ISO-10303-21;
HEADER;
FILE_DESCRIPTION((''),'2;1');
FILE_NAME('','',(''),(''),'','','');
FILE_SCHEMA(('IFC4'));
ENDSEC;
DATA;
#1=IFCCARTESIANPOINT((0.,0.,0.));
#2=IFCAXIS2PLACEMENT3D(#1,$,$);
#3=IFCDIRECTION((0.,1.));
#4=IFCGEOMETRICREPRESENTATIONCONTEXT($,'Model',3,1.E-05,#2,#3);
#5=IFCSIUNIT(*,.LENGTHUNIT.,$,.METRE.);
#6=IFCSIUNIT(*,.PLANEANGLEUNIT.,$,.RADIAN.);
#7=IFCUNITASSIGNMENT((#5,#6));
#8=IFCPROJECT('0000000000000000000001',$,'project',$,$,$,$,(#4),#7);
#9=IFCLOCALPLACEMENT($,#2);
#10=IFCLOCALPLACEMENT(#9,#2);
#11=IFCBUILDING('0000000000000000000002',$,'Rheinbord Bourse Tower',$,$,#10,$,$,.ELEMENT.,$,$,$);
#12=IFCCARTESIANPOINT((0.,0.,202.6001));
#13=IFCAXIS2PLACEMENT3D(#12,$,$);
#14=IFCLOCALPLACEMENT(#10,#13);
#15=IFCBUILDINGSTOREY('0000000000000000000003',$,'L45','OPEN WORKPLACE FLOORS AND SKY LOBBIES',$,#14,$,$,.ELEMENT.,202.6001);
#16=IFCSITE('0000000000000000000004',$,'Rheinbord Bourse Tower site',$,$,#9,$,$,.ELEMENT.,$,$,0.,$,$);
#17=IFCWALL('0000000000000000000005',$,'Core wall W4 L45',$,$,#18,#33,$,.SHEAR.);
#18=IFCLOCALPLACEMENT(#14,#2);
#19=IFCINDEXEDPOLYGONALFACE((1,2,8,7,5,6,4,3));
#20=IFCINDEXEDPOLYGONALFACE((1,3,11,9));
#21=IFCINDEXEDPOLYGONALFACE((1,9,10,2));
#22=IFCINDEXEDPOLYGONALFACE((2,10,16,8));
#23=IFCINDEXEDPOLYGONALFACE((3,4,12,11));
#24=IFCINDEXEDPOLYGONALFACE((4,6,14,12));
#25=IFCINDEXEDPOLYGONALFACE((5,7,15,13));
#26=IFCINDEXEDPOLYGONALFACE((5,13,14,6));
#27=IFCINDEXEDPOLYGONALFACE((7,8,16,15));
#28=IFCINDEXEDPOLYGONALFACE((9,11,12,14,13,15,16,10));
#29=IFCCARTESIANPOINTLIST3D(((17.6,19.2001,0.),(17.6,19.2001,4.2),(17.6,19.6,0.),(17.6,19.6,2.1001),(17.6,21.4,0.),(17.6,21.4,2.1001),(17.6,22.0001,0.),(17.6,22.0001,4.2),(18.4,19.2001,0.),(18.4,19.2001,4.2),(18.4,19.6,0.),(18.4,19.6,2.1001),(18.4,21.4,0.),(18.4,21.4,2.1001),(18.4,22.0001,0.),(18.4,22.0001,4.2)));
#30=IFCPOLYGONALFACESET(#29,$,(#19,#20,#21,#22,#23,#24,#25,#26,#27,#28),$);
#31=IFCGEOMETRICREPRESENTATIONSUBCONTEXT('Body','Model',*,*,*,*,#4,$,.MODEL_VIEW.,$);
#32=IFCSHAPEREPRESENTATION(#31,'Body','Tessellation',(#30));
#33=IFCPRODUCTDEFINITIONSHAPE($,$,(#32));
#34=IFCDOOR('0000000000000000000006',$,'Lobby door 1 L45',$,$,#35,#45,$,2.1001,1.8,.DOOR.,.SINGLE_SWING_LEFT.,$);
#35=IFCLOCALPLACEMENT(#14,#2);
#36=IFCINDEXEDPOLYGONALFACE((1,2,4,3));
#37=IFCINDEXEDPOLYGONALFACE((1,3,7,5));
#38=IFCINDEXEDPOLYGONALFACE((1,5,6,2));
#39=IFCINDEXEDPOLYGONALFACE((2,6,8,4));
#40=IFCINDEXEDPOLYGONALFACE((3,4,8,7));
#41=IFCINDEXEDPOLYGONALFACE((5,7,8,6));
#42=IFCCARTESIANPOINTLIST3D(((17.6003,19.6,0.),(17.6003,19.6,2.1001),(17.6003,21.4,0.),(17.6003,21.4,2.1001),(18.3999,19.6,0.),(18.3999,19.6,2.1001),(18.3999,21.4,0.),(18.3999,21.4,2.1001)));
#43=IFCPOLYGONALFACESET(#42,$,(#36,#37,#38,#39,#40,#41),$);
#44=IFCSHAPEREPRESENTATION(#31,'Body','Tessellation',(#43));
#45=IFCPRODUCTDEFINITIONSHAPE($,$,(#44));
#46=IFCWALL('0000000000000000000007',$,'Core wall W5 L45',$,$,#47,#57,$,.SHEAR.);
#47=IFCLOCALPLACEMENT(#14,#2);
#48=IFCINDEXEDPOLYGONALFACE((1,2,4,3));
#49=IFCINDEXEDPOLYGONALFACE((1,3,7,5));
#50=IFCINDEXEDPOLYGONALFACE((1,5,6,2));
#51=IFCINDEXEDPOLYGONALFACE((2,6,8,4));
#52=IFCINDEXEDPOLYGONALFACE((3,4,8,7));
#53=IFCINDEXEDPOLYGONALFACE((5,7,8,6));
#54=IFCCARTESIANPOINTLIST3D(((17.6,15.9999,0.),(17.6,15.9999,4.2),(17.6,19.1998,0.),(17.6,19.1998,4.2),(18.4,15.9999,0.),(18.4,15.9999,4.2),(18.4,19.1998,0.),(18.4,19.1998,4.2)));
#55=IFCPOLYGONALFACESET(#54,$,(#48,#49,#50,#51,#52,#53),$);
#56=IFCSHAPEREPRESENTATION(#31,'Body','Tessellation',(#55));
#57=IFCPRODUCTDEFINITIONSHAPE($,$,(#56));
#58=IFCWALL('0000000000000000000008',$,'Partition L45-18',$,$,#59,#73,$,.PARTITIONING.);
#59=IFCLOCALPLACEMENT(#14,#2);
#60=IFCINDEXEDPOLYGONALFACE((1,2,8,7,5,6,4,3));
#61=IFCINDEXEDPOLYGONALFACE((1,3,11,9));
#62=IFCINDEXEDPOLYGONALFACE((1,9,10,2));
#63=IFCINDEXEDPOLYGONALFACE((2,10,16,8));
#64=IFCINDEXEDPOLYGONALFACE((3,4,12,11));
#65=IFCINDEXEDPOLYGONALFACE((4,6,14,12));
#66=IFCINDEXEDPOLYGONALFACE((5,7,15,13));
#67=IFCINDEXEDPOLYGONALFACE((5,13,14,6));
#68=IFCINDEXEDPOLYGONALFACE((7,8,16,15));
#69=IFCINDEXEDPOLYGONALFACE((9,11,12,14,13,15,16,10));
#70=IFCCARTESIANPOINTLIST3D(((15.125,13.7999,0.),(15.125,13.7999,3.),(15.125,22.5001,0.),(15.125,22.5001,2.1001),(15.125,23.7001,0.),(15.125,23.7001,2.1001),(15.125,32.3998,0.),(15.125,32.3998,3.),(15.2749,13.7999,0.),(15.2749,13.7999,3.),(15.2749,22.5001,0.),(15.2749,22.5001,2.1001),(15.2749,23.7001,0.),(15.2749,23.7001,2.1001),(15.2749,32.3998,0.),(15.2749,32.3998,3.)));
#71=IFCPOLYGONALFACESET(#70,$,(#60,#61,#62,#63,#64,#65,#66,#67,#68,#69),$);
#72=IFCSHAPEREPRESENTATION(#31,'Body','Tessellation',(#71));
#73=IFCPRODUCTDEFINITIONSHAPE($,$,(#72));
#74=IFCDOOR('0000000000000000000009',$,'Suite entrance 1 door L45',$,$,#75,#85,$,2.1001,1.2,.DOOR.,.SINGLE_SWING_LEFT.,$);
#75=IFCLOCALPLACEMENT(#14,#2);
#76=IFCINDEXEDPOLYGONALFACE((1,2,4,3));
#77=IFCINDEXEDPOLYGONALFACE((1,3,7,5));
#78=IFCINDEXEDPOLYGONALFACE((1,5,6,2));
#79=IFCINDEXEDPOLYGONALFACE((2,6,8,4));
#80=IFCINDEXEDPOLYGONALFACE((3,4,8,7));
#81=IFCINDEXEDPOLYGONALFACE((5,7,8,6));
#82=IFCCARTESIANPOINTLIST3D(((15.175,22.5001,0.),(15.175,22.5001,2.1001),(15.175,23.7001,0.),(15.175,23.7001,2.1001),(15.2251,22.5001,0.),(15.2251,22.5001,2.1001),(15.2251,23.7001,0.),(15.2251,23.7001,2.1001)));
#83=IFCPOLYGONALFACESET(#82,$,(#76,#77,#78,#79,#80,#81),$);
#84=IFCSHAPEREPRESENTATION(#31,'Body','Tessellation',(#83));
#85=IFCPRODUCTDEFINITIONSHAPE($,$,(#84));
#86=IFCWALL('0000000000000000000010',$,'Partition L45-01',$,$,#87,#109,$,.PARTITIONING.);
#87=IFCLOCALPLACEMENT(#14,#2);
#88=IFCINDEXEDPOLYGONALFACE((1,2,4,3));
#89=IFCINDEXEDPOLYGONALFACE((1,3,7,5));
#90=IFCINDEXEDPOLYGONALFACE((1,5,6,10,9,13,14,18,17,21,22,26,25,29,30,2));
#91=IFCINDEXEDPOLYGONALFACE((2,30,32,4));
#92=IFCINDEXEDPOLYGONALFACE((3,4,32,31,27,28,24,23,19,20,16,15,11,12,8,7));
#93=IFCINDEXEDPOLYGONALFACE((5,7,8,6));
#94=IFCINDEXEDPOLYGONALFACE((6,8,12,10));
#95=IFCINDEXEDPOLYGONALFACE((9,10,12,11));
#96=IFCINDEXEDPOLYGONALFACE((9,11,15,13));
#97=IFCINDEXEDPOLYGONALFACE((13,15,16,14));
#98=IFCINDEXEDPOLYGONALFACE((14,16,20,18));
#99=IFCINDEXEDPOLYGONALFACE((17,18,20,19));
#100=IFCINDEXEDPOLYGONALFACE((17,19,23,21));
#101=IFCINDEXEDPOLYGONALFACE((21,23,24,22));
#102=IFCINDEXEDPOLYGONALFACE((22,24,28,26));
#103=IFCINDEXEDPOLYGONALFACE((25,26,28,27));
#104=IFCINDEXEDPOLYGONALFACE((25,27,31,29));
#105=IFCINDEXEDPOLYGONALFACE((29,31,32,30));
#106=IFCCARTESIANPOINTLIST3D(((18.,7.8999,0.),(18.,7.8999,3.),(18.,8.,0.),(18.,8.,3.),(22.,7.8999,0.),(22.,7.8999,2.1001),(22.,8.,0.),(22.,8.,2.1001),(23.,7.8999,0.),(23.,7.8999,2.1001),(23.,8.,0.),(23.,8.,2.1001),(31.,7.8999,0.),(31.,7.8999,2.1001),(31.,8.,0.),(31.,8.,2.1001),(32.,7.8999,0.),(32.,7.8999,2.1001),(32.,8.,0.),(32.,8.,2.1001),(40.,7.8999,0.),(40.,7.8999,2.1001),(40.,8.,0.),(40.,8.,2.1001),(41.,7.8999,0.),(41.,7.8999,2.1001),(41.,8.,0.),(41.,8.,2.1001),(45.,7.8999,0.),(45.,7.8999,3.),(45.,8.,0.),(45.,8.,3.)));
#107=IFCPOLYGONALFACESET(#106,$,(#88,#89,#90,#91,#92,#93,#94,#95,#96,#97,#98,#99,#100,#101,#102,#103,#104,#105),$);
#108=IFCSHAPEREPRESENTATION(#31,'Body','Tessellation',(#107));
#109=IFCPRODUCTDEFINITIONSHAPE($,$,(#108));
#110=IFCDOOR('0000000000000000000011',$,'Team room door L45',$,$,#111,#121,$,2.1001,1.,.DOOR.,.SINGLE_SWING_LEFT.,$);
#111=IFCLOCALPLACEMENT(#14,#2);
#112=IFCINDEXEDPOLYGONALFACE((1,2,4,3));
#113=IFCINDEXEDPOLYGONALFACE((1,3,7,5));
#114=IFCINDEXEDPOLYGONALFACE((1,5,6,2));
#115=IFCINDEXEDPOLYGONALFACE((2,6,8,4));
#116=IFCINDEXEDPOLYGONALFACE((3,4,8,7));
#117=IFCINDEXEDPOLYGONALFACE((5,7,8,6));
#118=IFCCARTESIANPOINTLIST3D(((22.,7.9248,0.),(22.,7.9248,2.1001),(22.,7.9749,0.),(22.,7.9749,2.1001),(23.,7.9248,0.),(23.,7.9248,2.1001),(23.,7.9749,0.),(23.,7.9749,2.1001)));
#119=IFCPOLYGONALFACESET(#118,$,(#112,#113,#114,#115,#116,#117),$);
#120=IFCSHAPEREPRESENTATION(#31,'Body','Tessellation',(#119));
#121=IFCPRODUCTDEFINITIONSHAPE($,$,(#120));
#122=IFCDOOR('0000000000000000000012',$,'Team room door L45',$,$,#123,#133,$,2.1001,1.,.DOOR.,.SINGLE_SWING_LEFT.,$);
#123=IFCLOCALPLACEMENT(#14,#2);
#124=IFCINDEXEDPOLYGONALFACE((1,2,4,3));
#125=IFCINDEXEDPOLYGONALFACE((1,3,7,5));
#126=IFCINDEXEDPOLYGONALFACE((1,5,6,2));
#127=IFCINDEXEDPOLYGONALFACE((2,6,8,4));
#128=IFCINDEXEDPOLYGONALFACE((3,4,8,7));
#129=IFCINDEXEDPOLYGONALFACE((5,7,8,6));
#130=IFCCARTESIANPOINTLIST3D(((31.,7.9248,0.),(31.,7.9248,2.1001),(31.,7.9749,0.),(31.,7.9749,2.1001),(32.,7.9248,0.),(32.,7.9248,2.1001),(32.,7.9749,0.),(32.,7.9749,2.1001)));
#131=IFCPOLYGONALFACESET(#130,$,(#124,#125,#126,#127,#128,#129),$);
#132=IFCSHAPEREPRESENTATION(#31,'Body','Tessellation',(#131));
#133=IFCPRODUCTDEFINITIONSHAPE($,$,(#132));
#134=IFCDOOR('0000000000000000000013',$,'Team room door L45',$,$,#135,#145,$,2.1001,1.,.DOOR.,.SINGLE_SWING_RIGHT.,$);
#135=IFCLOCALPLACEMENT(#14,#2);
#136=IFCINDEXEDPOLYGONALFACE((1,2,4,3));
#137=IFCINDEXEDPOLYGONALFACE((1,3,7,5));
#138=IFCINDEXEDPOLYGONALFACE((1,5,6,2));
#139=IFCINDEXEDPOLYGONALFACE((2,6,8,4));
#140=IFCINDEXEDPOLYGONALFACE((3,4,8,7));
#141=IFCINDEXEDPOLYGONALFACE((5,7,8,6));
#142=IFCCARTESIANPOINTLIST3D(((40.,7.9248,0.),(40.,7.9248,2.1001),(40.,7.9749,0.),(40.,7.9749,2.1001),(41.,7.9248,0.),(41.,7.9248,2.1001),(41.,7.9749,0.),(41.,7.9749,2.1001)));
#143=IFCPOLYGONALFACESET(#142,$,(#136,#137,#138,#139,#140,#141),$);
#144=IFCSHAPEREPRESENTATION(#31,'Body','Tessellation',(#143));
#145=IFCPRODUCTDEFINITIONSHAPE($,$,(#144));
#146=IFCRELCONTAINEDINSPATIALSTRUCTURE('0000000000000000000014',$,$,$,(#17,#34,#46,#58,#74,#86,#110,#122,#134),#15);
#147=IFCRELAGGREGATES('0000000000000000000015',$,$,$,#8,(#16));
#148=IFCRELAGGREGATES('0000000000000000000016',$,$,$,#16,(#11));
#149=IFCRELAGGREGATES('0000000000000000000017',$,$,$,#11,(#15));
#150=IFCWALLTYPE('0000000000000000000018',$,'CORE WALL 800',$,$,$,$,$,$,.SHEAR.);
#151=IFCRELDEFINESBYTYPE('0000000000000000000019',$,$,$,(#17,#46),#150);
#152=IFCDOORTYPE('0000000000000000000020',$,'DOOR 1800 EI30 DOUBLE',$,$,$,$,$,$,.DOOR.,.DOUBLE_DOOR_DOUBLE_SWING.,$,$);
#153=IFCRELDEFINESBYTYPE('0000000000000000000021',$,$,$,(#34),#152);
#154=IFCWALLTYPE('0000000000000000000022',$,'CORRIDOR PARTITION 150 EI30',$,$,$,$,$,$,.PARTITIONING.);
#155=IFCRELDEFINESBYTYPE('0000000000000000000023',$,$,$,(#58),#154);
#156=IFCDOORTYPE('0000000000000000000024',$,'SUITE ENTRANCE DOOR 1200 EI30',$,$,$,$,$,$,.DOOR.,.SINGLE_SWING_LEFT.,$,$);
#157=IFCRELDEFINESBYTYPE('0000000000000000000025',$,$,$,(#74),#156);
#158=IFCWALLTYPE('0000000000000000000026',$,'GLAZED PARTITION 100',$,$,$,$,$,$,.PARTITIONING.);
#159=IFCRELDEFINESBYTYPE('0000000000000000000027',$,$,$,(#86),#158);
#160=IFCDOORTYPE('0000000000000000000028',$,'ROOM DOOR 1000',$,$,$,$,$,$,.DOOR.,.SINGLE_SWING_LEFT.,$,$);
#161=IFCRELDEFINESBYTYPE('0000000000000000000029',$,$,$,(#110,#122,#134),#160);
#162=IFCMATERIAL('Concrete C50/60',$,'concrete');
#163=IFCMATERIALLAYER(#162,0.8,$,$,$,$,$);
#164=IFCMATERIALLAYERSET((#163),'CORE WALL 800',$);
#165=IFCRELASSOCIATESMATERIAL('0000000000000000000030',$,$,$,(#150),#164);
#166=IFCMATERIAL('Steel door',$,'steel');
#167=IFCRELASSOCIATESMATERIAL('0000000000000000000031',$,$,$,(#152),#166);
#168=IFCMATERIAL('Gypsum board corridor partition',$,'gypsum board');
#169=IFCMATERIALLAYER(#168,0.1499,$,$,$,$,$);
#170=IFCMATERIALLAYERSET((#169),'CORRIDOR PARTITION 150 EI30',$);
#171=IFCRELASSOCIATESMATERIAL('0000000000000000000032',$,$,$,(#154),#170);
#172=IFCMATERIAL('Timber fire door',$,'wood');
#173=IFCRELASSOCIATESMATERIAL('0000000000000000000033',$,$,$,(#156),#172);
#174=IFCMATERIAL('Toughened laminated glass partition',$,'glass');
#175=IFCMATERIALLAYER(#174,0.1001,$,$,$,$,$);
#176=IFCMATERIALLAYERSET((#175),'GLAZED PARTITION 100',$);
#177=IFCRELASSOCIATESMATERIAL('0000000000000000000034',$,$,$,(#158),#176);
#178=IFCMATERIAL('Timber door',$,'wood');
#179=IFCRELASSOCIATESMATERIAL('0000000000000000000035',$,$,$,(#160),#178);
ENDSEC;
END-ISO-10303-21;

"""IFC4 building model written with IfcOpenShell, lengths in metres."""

from ifc_helpers import new_model, si_unit, direction, frame, frame_2d, origin, place, context, subcontext, project, spatial, rectangle, extrude, material, layer, layer_set, type_object, element, fill, save


model = new_model("IFC4")

# Units and contexts
model_context = context("Model", 3, precision=1e-05, world=origin(), true_north=direction((0.0, 1.0)))
body_context = subcontext(model_context, "Body", "Model", "MODEL_VIEW")
ifc_project = project(units=[si_unit("LENGTHUNIT", "METRE"), si_unit("PLANEANGLEUNIT", "RADIAN")], contexts=[model_context])

# Site, building, storey
site_placement = place(None, origin())
site = spatial("IfcSite", under=ifc_project, at=site_placement, Name="Rheinbord Bourse Tower site", CompositionType="ELEMENT", RefElevation=0.0)
building_placement = place(site_placement, origin())
building = spatial("IfcBuilding", under=site, at=building_placement, Name="Rheinbord Bourse Tower", CompositionType="ELEMENT")
storey_placement = place(building_placement, frame((0.0, 0.0, 202.6001)))
storey = spatial("IfcBuildingStorey", under=building, at=storey_placement, Name="L45", Description="OPEN WORKPLACE FLOORS AND SKY LOBBIES", CompositionType="ELEMENT", Elevation=202.6001)

# Shared definitions
ifc_material_1 = material(Name="Concrete C50/60", Category="concrete")
ifc_layer_1 = layer(ifc_material_1, 0.8)
ifc_layer_set_1 = layer_set([ifc_layer_1], Name="CORE WALL 800")
wall_type_1 = type_object("IfcWallType", Name="CORE WALL 800", PredefinedType="SHEAR", material=ifc_layer_set_1)

# Wall, opening, door
wall_1_placement = place(storey_placement, frame((18.0, 22.0, 0.0), z_axis=(0.0, 0.0, 1.0), x_axis=(0.0, -1.0, 0.0)))
wall_1 = element("IfcWall", 1, at=wall_1_placement, inside=storey, type_object=wall_type_1, Name="Core wall W4 L45", PredefinedType="SHEAR", context=body_context, shape_type="SweptSolid", body=[
    extrude(rectangle(XDim=2.8, YDim=0.8, at=frame_2d((1.3999, 0.0))), origin(), (0.0, 0.0, 1.0), 4.2),
])
opening_1_placement = place(wall_1_placement, frame((0.6001, 0.0, 0.0)))
opening_1 = element("IfcOpeningElement", 2, at=opening_1_placement, cuts=wall_1, PredefinedType="OPENING", context=body_context, shape_type="SweptSolid", body=[
    extrude(rectangle(XDim=1.8, YDim=2.1001, at=frame_2d((0.8999, 1.05))), frame((0.0, 0.4099, 0.0), z_axis=(0.0, -1.0, 0.0), x_axis=(1.0, 0.0, 0.0)), (0.0, 0.0, 1.0), 0.8201),
])
ifc_material_2 = material(Name="Steel door", Category="steel")
door_type_1 = type_object("IfcDoorType", Name="DOOR 1800 EI30 DOUBLE", OperationType="DOUBLE_DOOR_DOUBLE_SWING", PredefinedType="DOOR", material=ifc_material_2)
door_1_placement = place(opening_1_placement, origin())
door_1 = element("IfcDoor", 3, at=door_1_placement, inside=storey, type_object=door_type_1, Name="Lobby door 1 L45", OperationType="SINGLE_SWING_LEFT", OverallHeight=2.1001, OverallWidth=1.8, PredefinedType="DOOR", context=body_context, shape_type="SweptSolid", body=[
    extrude(rectangle(XDim=1.8, YDim=2.1001, at=frame_2d((0.8999, 1.05))), frame((0.0, 0.3999, 0.0), z_axis=(0.0, -1.0, 0.0), x_axis=(1.0, 0.0, 0.0)), (0.0, 0.0, 1.0), 0.7996),
])
fill(opening_1, door_1)

# Wall
wall_2_placement = place(storey_placement, frame((18.0, 19.2, 0.0), z_axis=(0.0, 0.0, 1.0), x_axis=(0.0, -1.0, 0.0)))
element("IfcWall", 4, at=wall_2_placement, inside=storey, type_object=wall_type_1, Name="Core wall W5 L45", PredefinedType="SHEAR", context=body_context, shape_type="SweptSolid", body=[
    extrude(rectangle(XDim=3.2, YDim=0.8, at=frame_2d((1.6001, 0.0))), origin(), (0.0, 0.0, 1.0), 4.2),
])

# Wall, opening, door
ifc_material_3 = material(Name="Gypsum board corridor partition", Category="gypsum board")
ifc_layer_2 = layer(ifc_material_3, 0.1499)
ifc_layer_set_2 = layer_set([ifc_layer_2], Name="CORRIDOR PARTITION 150 EI30")
wall_type_2 = type_object("IfcWallType", Name="CORRIDOR PARTITION 150 EI30", PredefinedType="PARTITIONING", material=ifc_layer_set_2)
wall_3_placement = place(storey_placement, frame((15.2, 13.8, 0.0), z_axis=(0.0, 0.0, 1.0), x_axis=(0.0, 1.0, 0.0)))
wall_3 = element("IfcWall", 5, at=wall_3_placement, inside=storey, type_object=wall_type_2, Name="Partition L45-18", PredefinedType="PARTITIONING", context=body_context, shape_type="SweptSolid", body=[
    extrude(rectangle(XDim=18.5999, YDim=0.1499, at=frame_2d((9.2998, 0.0))), origin(), (0.0, 0.0, 1.0), 3.0),
])
opening_2_placement = place(wall_3_placement, frame((8.7, 0.0, 0.0)))
opening_2 = element("IfcOpeningElement", 6, at=opening_2_placement, cuts=wall_3, PredefinedType="OPENING", context=body_context, shape_type="SweptSolid", body=[
    extrude(rectangle(XDim=1.2, YDim=2.1001, at=frame_2d((0.6001, 1.05))), frame((0.0, 0.085, 0.0), z_axis=(0.0, -1.0, 0.0), x_axis=(1.0, 0.0, 0.0)), (0.0, 0.0, 1.0), 0.1699),
])
ifc_material_4 = material(Name="Timber fire door", Category="wood")
door_type_2 = type_object("IfcDoorType", Name="SUITE ENTRANCE DOOR 1200 EI30", OperationType="SINGLE_SWING_LEFT", PredefinedType="DOOR", material=ifc_material_4)
door_2_placement = place(opening_2_placement, origin())
door_2 = element("IfcDoor", 7, at=door_2_placement, inside=storey, type_object=door_type_2, Name="Suite entrance 1 door L45", OperationType="SINGLE_SWING_LEFT", OverallHeight=2.1001, OverallWidth=1.2, PredefinedType="DOOR", context=body_context, shape_type="SweptSolid", body=[
    extrude(rectangle(XDim=1.2, YDim=2.1001, at=frame_2d((0.6001, 1.05))), frame((0.0, 0.0249, 0.0), z_axis=(0.0, -1.0, 0.0), x_axis=(1.0, 0.0, 0.0)), (0.0, 0.0, 1.0), 0.05),
])
fill(opening_2, door_2)

# Wall, openings, doors
ifc_material_5 = material(Name="Toughened laminated glass partition", Category="glass")
ifc_layer_3 = layer(ifc_material_5, 0.1001)
ifc_layer_set_3 = layer_set([ifc_layer_3], Name="GLAZED PARTITION 100")
wall_type_3 = type_object("IfcWallType", Name="GLAZED PARTITION 100", PredefinedType="PARTITIONING", material=ifc_layer_set_3)
wall_4_placement = place(storey_placement, frame((18.0, 7.95, 0.0), z_axis=(0.0, 0.0, 1.0), x_axis=(1.0, 0.0, 0.0)))
wall_4 = element("IfcWall", 8, at=wall_4_placement, inside=storey, type_object=wall_type_3, Name="Partition L45-01", PredefinedType="PARTITIONING", context=body_context, shape_type="SweptSolid", body=[
    extrude(rectangle(XDim=27.0, YDim=0.1001, at=frame_2d((13.5, 0.0))), origin(), (0.0, 0.0, 1.0), 3.0),
])
opening_3_placement = place(wall_4_placement, frame((4.0, 0.0, 0.0)))
opening_3 = element("IfcOpeningElement", 9, at=opening_3_placement, cuts=wall_4, PredefinedType="OPENING", context=body_context, shape_type="SweptSolid", body=[
    extrude(rectangle(XDim=1.0, YDim=2.1001, at=frame_2d((0.5, 1.05))), frame((0.0, 0.0601, 0.0), z_axis=(0.0, -1.0, 0.0), x_axis=(1.0, 0.0, 0.0)), (0.0, 0.0, 1.0), 0.1201),
])
opening_4_placement = place(wall_4_placement, frame((13.0, 0.0, 0.0)))
opening_4 = element("IfcOpeningElement", 10, at=opening_4_placement, cuts=wall_4, PredefinedType="OPENING", context=body_context, shape_type="SweptSolid", body=[
    extrude(rectangle(XDim=1.0, YDim=2.1001, at=frame_2d((0.5, 1.05))), frame((0.0, 0.0601, 0.0), z_axis=(0.0, -1.0, 0.0), x_axis=(1.0, 0.0, 0.0)), (0.0, 0.0, 1.0), 0.1201),
])
opening_5_placement = place(wall_4_placement, frame((22.0, 0.0, 0.0)))
opening_5 = element("IfcOpeningElement", 11, at=opening_5_placement, cuts=wall_4, PredefinedType="OPENING", context=body_context, shape_type="SweptSolid", body=[
    extrude(rectangle(XDim=1.0, YDim=2.1001, at=frame_2d((0.5, 1.05))), frame((0.0, 0.0601, 0.0), z_axis=(0.0, -1.0, 0.0), x_axis=(1.0, 0.0, 0.0)), (0.0, 0.0, 1.0), 0.1201),
])
ifc_material_6 = material(Name="Timber door", Category="wood")
door_type_3 = type_object("IfcDoorType", Name="ROOM DOOR 1000", OperationType="SINGLE_SWING_LEFT", PredefinedType="DOOR", material=ifc_material_6)
door_3_placement = place(opening_3_placement, origin())
door_3 = element("IfcDoor", 12, at=door_3_placement, inside=storey, type_object=door_type_3, Name="Team room door L45", OperationType="SINGLE_SWING_LEFT", OverallHeight=2.1001, OverallWidth=1.0, PredefinedType="DOOR", context=body_context, shape_type="SweptSolid", body=[
    extrude(rectangle(XDim=1.0, YDim=2.1001, at=frame_2d((0.5, 1.05))), frame((0.0, 0.0249, 0.0), z_axis=(0.0, -1.0, 0.0), x_axis=(1.0, 0.0, 0.0)), (0.0, 0.0, 1.0), 0.05),
])
fill(opening_3, door_3)
door_4_placement = place(opening_4_placement, origin())
door_4 = element("IfcDoor", 13, at=door_4_placement, inside=storey, type_object=door_type_3, Name="Team room door L45", OperationType="SINGLE_SWING_LEFT", OverallHeight=2.1001, OverallWidth=1.0, PredefinedType="DOOR", context=body_context, shape_type="SweptSolid", body=[
    extrude(rectangle(XDim=1.0, YDim=2.1001, at=frame_2d((0.5, 1.05))), frame((0.0, 0.0249, 0.0), z_axis=(0.0, -1.0, 0.0), x_axis=(1.0, 0.0, 0.0)), (0.0, 0.0, 1.0), 0.05),
])
fill(opening_4, door_4)
door_5_placement = place(opening_5_placement, origin())
door_5 = element("IfcDoor", 14, at=door_5_placement, inside=storey, type_object=door_type_3, Name="Team room door L45", OperationType="SINGLE_SWING_RIGHT", OverallHeight=2.1001, OverallWidth=1.0, PredefinedType="DOOR", context=body_context, shape_type="SweptSolid", body=[
    extrude(rectangle(XDim=1.0, YDim=2.1001, at=frame_2d((0.5, 1.05))), frame((0.0, 0.0249, 0.0), z_axis=(0.0, -1.0, 0.0), x_axis=(1.0, 0.0, 0.0)), (0.0, 0.0, 1.0), 0.05),
])
fill(opening_5, door_5)

save(model, "model.ifc")
